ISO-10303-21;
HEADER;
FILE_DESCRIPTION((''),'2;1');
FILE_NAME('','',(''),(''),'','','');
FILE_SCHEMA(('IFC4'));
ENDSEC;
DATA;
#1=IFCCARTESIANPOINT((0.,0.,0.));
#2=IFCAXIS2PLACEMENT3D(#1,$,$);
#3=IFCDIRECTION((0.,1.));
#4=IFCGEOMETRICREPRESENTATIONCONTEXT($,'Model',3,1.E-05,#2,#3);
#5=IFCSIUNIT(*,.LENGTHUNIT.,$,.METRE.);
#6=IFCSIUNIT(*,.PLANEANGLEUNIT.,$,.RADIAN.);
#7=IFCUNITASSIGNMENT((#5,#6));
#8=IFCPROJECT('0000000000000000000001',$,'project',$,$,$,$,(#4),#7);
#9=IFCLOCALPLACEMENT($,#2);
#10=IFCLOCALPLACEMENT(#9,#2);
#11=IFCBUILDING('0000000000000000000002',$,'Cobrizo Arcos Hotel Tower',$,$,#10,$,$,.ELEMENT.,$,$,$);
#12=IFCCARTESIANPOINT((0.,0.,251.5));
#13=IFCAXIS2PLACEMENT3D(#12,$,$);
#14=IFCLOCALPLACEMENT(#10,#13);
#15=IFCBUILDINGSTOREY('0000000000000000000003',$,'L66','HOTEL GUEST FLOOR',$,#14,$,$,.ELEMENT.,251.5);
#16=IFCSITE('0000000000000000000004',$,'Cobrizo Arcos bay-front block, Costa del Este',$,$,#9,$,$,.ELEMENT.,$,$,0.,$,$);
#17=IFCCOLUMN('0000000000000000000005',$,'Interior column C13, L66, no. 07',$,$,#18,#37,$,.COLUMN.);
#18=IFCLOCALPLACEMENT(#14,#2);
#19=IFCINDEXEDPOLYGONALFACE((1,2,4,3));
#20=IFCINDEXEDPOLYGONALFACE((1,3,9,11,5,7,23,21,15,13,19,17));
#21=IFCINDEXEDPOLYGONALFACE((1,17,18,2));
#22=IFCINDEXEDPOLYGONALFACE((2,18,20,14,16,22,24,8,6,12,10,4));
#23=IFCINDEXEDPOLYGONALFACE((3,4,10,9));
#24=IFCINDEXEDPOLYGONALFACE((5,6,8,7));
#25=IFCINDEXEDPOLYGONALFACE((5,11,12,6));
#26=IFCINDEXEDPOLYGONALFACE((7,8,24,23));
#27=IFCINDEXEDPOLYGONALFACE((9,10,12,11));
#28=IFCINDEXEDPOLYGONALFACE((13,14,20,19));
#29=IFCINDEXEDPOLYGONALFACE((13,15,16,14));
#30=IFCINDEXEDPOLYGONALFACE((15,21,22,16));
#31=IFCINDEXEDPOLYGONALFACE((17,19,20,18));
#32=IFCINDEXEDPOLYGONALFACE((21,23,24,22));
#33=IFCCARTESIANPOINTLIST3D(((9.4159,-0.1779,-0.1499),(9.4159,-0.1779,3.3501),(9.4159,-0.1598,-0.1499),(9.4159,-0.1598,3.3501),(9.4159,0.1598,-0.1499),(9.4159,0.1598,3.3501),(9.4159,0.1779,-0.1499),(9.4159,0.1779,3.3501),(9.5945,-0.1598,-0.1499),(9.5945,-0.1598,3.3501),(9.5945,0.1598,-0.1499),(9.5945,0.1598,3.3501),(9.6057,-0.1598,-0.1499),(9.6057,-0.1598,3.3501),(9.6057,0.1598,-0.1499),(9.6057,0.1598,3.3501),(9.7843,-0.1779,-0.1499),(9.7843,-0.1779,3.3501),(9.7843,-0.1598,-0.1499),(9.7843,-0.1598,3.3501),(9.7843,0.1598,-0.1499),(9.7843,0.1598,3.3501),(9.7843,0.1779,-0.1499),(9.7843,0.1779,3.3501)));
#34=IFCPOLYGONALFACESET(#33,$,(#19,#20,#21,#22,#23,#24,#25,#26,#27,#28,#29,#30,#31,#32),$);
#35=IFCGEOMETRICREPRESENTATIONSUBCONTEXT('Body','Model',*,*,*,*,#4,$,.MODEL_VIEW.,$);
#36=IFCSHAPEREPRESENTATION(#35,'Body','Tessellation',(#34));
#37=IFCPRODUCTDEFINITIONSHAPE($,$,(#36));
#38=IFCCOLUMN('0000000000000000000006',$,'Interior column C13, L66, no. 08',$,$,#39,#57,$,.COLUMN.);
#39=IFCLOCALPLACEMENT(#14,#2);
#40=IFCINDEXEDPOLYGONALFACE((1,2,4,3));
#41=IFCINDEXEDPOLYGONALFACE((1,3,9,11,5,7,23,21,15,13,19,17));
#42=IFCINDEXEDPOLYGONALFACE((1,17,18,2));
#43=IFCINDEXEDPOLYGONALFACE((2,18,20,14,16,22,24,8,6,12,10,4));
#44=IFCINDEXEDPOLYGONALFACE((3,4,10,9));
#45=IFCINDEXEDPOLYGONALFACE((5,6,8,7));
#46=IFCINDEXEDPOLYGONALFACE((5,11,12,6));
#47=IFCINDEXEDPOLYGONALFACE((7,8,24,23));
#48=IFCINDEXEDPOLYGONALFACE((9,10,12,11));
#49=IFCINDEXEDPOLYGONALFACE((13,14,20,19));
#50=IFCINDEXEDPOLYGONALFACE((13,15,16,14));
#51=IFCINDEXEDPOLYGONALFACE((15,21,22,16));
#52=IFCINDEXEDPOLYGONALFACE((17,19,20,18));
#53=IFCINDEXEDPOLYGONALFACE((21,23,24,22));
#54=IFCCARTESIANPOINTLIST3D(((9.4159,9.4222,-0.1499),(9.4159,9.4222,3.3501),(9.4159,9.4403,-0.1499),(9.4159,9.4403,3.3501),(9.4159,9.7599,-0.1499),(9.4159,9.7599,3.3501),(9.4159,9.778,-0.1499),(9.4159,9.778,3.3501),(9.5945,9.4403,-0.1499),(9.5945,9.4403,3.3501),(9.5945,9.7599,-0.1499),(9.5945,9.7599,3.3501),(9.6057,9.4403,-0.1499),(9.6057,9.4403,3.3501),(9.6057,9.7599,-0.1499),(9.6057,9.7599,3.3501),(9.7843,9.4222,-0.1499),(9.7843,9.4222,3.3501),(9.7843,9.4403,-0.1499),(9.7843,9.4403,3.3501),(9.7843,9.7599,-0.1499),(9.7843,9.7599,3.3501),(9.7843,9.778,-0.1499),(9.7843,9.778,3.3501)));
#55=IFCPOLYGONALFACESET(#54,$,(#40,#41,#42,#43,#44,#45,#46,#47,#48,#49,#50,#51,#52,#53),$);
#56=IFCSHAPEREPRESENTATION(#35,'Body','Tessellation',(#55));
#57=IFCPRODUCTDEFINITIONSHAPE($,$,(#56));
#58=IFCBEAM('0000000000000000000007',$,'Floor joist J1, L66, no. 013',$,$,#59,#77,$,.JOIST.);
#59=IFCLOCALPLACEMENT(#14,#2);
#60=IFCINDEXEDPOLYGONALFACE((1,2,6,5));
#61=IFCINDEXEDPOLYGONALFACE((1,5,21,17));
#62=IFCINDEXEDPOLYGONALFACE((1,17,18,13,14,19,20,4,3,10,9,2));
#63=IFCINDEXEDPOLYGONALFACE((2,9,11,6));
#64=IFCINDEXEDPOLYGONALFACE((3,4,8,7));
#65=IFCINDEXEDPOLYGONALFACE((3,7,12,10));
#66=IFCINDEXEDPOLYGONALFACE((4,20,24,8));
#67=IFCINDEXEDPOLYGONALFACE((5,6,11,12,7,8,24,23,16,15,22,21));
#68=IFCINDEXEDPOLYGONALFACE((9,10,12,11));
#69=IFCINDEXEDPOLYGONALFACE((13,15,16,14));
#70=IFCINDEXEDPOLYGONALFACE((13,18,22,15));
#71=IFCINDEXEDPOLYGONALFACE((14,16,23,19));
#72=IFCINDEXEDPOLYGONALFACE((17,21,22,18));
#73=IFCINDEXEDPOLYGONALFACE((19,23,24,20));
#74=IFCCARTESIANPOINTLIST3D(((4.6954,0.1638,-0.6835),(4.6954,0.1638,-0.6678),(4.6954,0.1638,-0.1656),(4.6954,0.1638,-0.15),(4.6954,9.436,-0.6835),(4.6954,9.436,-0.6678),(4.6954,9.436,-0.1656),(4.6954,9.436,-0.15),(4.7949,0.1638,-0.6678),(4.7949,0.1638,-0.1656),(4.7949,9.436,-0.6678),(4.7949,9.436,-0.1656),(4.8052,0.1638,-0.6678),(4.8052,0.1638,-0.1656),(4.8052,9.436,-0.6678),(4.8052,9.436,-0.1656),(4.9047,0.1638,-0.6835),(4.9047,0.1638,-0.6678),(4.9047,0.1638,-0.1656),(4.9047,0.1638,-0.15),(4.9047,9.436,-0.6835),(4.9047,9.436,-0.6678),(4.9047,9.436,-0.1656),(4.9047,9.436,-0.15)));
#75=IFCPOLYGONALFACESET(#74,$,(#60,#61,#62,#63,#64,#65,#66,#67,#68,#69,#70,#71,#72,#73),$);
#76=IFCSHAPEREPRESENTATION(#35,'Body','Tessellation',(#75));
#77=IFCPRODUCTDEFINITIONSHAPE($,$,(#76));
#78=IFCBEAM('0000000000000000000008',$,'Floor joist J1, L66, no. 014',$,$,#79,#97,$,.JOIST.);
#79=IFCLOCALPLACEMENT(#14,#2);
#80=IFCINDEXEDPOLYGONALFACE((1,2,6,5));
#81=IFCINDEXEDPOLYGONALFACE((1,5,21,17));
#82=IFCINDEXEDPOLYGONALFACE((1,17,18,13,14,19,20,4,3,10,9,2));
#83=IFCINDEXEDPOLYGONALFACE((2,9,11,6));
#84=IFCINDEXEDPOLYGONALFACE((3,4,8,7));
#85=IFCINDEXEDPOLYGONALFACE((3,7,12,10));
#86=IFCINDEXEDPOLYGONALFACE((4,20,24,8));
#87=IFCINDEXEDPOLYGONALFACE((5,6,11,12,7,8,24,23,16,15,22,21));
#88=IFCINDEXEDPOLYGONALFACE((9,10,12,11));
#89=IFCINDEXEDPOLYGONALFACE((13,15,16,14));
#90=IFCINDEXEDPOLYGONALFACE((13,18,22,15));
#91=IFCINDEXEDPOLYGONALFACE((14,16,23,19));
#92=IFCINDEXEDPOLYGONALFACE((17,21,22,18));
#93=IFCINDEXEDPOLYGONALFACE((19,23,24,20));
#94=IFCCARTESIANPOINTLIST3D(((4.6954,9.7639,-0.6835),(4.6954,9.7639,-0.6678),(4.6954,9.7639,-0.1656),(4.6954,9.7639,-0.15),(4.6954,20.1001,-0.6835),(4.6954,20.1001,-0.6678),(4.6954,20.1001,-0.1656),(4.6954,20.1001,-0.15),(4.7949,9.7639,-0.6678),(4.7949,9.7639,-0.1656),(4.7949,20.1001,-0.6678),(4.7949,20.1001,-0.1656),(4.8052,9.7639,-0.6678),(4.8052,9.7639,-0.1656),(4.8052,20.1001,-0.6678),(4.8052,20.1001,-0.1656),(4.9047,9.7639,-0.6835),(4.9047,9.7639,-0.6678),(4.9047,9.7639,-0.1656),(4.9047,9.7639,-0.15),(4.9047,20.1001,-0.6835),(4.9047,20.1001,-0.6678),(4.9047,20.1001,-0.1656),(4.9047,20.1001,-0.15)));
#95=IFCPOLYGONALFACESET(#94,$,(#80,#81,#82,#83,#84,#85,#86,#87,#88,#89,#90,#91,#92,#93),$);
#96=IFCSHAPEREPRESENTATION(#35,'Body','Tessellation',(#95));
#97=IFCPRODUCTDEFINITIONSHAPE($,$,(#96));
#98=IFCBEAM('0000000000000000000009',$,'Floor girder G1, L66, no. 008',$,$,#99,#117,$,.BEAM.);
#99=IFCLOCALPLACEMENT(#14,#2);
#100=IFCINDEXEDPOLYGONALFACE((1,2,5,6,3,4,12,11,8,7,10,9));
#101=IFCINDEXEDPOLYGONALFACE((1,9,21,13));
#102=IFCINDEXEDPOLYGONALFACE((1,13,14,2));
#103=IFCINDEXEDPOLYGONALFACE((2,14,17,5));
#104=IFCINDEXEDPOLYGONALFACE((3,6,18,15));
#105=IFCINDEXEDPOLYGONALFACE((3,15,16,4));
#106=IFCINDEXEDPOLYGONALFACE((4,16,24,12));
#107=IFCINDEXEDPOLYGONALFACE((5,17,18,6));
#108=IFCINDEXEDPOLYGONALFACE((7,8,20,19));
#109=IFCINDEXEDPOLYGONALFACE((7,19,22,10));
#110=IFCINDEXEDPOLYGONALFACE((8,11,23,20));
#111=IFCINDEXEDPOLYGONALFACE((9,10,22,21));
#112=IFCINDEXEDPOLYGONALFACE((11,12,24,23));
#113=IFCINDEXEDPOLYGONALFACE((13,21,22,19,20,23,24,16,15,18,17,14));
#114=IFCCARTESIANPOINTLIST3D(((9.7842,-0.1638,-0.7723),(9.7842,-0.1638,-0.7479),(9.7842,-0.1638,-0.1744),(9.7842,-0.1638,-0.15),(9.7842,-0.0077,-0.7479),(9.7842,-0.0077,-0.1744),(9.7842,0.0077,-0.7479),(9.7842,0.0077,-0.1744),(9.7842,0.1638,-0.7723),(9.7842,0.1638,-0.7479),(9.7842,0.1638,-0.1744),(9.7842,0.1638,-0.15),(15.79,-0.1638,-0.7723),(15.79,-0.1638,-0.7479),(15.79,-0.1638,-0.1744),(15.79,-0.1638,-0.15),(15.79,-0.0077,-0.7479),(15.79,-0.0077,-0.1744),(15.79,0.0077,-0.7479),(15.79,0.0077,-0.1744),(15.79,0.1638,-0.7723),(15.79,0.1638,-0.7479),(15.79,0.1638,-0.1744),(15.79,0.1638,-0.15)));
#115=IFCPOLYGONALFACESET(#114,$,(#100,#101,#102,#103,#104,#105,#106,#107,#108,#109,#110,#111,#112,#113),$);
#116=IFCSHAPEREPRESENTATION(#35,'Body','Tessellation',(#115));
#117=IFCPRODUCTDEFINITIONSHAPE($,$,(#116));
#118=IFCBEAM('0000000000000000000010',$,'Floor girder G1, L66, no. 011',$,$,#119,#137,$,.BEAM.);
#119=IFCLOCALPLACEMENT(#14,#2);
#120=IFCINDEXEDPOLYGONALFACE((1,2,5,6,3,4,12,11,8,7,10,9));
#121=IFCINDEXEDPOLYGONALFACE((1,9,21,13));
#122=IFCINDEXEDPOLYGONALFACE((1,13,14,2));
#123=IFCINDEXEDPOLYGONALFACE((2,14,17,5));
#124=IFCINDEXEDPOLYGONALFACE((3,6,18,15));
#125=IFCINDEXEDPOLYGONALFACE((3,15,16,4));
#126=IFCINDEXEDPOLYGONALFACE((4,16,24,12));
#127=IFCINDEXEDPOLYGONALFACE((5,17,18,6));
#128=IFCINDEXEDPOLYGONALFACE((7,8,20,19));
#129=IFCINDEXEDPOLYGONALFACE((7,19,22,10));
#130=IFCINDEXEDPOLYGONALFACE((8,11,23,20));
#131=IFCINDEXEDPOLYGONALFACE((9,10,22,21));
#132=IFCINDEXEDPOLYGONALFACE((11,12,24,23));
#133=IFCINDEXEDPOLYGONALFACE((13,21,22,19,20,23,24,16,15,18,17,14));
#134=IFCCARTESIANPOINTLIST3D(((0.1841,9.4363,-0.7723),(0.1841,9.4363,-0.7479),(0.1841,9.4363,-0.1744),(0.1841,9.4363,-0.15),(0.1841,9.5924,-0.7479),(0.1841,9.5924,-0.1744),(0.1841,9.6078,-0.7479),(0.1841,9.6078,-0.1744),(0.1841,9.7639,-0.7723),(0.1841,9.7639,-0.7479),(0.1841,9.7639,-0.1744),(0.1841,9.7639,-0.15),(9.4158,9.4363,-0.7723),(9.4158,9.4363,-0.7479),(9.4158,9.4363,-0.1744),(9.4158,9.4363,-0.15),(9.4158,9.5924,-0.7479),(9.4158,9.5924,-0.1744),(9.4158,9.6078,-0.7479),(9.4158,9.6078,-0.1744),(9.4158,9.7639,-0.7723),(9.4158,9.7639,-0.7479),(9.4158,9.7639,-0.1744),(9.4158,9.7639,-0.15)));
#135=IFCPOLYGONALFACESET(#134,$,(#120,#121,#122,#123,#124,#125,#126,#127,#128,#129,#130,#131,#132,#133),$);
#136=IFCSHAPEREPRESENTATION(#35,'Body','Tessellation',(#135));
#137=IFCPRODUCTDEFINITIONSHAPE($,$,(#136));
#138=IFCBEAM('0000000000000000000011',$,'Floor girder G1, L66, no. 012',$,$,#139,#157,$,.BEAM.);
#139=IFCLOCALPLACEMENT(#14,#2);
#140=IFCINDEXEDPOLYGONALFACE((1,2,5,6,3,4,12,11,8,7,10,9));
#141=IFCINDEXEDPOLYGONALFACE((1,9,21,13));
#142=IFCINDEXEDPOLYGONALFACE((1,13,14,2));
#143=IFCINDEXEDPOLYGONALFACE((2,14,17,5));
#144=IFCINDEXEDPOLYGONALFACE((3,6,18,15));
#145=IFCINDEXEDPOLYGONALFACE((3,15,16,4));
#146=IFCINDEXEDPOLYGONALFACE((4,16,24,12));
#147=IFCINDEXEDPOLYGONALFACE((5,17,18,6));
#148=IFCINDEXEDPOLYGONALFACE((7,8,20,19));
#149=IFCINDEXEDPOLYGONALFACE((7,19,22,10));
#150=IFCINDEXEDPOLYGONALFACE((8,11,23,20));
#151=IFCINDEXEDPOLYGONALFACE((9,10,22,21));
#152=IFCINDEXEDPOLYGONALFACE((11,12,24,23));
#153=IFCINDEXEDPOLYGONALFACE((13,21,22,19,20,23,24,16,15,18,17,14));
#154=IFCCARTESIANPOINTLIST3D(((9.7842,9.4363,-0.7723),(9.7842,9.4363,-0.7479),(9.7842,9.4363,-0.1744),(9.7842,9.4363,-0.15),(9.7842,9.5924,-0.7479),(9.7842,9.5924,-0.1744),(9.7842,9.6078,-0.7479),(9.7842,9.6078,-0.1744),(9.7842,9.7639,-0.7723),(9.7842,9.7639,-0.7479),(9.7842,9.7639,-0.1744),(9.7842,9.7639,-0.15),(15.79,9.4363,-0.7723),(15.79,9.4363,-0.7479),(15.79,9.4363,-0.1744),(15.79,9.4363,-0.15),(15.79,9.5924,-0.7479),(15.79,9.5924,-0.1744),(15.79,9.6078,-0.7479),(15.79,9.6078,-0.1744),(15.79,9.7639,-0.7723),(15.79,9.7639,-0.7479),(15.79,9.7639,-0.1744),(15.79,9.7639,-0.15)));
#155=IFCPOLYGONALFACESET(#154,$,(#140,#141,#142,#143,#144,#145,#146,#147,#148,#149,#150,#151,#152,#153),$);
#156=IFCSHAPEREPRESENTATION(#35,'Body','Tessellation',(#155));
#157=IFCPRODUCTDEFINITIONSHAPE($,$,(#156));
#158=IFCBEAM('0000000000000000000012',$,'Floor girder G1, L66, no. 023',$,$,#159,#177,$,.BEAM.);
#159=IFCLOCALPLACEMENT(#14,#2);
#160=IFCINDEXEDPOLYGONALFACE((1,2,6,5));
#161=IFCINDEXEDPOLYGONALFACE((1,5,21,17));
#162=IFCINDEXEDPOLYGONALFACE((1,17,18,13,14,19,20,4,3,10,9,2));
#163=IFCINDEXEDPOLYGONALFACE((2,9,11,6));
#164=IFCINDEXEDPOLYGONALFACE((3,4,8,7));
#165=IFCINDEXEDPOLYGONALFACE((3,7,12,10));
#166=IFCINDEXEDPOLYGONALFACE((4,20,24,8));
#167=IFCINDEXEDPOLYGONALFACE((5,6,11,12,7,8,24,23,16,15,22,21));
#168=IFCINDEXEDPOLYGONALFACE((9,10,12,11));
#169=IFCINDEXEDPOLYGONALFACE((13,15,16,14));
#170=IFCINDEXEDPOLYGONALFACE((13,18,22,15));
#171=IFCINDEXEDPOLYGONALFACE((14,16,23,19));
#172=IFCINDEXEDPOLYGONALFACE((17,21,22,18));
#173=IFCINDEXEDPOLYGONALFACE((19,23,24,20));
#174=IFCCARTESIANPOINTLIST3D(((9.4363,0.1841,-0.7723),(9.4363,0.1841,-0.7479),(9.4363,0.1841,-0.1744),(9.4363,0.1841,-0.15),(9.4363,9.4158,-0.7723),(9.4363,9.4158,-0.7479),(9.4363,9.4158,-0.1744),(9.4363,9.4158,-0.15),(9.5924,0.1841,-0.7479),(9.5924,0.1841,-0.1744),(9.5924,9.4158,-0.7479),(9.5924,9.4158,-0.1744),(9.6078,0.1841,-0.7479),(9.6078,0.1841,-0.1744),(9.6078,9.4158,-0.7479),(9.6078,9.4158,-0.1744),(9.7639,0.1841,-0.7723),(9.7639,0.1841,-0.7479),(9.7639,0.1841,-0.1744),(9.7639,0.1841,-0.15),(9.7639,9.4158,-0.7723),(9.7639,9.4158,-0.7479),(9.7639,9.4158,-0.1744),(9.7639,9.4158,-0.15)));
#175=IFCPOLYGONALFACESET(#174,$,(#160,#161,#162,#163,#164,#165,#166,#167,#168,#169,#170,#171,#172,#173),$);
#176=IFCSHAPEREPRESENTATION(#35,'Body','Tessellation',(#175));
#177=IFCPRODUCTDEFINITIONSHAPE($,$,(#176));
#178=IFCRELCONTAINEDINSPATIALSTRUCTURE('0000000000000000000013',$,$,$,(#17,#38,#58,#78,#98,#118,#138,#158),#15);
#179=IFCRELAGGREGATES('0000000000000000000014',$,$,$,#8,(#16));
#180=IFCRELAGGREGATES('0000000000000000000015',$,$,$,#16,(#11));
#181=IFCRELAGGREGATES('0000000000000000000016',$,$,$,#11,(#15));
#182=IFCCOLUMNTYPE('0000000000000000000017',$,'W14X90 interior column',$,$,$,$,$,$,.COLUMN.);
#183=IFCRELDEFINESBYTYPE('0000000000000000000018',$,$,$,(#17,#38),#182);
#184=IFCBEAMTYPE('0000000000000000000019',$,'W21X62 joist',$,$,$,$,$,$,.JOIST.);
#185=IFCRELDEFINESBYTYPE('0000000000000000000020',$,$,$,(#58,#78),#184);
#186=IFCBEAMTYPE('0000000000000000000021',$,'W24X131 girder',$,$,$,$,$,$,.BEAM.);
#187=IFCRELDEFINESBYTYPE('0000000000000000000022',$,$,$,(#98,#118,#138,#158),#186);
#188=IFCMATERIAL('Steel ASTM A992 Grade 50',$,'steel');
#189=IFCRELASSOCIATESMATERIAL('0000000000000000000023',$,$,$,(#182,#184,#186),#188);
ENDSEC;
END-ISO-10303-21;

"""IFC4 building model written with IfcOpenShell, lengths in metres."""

from ifc_helpers import new_model, si_unit, direction, frame, origin, origin_2d, place, context, subcontext, project, spatial, i_section, extrude, material, material_profile, profile_set, type_object, element, save


model = new_model("IFC4")

# Units and contexts
model_context = context("Model", 3, precision=1e-05, world=origin(), true_north=direction((0.0, 1.0)))
body_context = subcontext(model_context, "Body", "Model", "MODEL_VIEW")
ifc_project = project(units=[si_unit("LENGTHUNIT", "METRE"), si_unit("PLANEANGLEUNIT", "RADIAN")], contexts=[model_context])

# Site, building, storey
site_placement = place(None, origin())
site = spatial("IfcSite", under=ifc_project, at=site_placement, Name="Cobrizo Arcos bay-front block, Costa del Este", CompositionType="ELEMENT", RefElevation=0.0)
building_placement = place(site_placement, origin())
building = spatial("IfcBuilding", under=site, at=building_placement, Name="Cobrizo Arcos Hotel Tower", CompositionType="ELEMENT")
storey_placement = place(building_placement, frame((0.0, 0.0, 251.5)))
storey = spatial("IfcBuildingStorey", under=building, at=storey_placement, Name="L66", Description="HOTEL GUEST FLOOR", CompositionType="ELEMENT", Elevation=251.5)

# Columns
ifc_material_1 = material(Name="Steel ASTM A992 Grade 50", Category="steel")
ifc_material_profile_1 = material_profile(ifc_material_1, i_section(OverallWidth=0.3684, OverallDepth=0.3557, WebThickness=0.0112, FlangeThickness=0.0181, at=origin_2d()), Name="W14X90")
ifc_profile_set_1 = profile_set([ifc_material_profile_1], Name="Steel ASTM A992 Grade 50")
column_type = type_object("IfcColumnType", Name="W14X90 interior column", PredefinedType="COLUMN", material=ifc_profile_set_1)
for number, where, z_axis, x_axis, name in (
    (1, (9.6001, 0.0, -0.1499), (0.0, 0.0, 1.0), (1.0, 0.0, 0.0), "Interior column C13, L66, no. 07"),
    (2, (9.6001, 9.6001, -0.1499), (0.0, 0.0, 1.0), (1.0, 0.0, 0.0), "Interior column C13, L66, no. 08"),
):
    element("IfcColumn", number, at=place(storey_placement, frame(where, z_axis=z_axis, x_axis=x_axis)), inside=storey, type_object=column_type, Name=name, PredefinedType="COLUMN", context=body_context, shape_type="SweptSolid", body=[
        extrude(i_section(OverallWidth=0.3684, OverallDepth=0.3557, WebThickness=0.0112, FlangeThickness=0.0181, at=origin_2d()), origin(), (0.0, 0.0, 1.0), 3.5),
    ])

# Beams
ifc_material_profile_2 = material_profile(ifc_material_1, i_section(OverallWidth=0.2092, OverallDepth=0.5334, WebThickness=0.0103, FlangeThickness=0.0156, at=origin_2d()), Name="W21X62")
ifc_profile_set_2 = profile_set([ifc_material_profile_2], Name="Steel ASTM A992 Grade 50")
beam_type_1 = type_object("IfcBeamType", Name="W21X62 joist", PredefinedType="JOIST", material=ifc_profile_set_2)
beam_1_placement = place(storey_placement, frame((4.8, 0.1638, -0.4167), z_axis=(0.0, 1.0, 0.0), x_axis=(-1.0, 0.0, 0.0)))
element("IfcBeam", 3, at=beam_1_placement, inside=storey, type_object=beam_type_1, Name="Floor joist J1, L66, no. 013", PredefinedType="JOIST", context=body_context, shape_type="SweptSolid", body=[
    extrude(i_section(OverallWidth=0.2092, OverallDepth=0.5334, WebThickness=0.0103, FlangeThickness=0.0156, at=origin_2d()), origin(), (0.0, 0.0, 1.0), 9.2722),
])
beam_2_placement = place(storey_placement, frame((4.8, 9.7639, -0.4167), z_axis=(0.0, 1.0, 0.0), x_axis=(-1.0, 0.0, 0.0)))
element("IfcBeam", 4, at=beam_2_placement, inside=storey, type_object=beam_type_1, Name="Floor joist J1, L66, no. 014", PredefinedType="JOIST", context=body_context, shape_type="SweptSolid", body=[
    extrude(i_section(OverallWidth=0.2092, OverallDepth=0.5334, WebThickness=0.0103, FlangeThickness=0.0156, at=origin_2d()), origin(), (0.0, 0.0, 1.0), 10.3362),
])
ifc_material_profile_3 = material_profile(ifc_material_1, i_section(OverallWidth=0.3276, OverallDepth=0.6223, WebThickness=0.0154, FlangeThickness=0.0244, at=origin_2d()), Name="W24X131")
ifc_profile_set_3 = profile_set([ifc_material_profile_3], Name="Steel ASTM A992 Grade 50")
beam_type_2 = type_object("IfcBeamType", Name="W24X131 girder", PredefinedType="BEAM", material=ifc_profile_set_3)
beam_3_placement = place(storey_placement, frame((9.7842, 0.0, -0.4612), z_axis=(1.0, 0.0, 0.0), x_axis=(0.0, 1.0, 0.0)))
element("IfcBeam", 5, at=beam_3_placement, inside=storey, type_object=beam_type_2, Name="Floor girder G1, L66, no. 008", PredefinedType="BEAM", context=body_context, shape_type="SweptSolid", body=[
    extrude(i_section(OverallWidth=0.3276, OverallDepth=0.6223, WebThickness=0.0154, FlangeThickness=0.0244, at=origin_2d()), origin(), (0.0, 0.0, 1.0), 6.0059),
])
beam_4_placement = place(storey_placement, frame((0.1841, 9.6001, -0.4612), z_axis=(1.0, 0.0, 0.0), x_axis=(0.0, 1.0, 0.0)))
element("IfcBeam", 6, at=beam_4_placement, inside=storey, type_object=beam_type_2, Name="Floor girder G1, L66, no. 011", PredefinedType="BEAM", context=body_context, shape_type="SweptSolid", body=[
    extrude(i_section(OverallWidth=0.3276, OverallDepth=0.6223, WebThickness=0.0154, FlangeThickness=0.0244, at=origin_2d()), origin(), (0.0, 0.0, 1.0), 9.2317),
])
beam_5_placement = place(storey_placement, frame((9.7842, 9.6001, -0.4612), z_axis=(1.0, 0.0, 0.0), x_axis=(0.0, 1.0, 0.0)))
element("IfcBeam", 7, at=beam_5_placement, inside=storey, type_object=beam_type_2, Name="Floor girder G1, L66, no. 012", PredefinedType="BEAM", context=body_context, shape_type="SweptSolid", body=[
    extrude(i_section(OverallWidth=0.3276, OverallDepth=0.6223, WebThickness=0.0154, FlangeThickness=0.0244, at=origin_2d()), origin(), (0.0, 0.0, 1.0), 6.0059),
])
beam_6_placement = place(storey_placement, frame((9.6001, 0.1841, -0.4612), z_axis=(0.0, 1.0, 0.0), x_axis=(-1.0, 0.0, 0.0)))
element("IfcBeam", 8, at=beam_6_placement, inside=storey, type_object=beam_type_2, Name="Floor girder G1, L66, no. 023", PredefinedType="BEAM", context=body_context, shape_type="SweptSolid", body=[
    extrude(i_section(OverallWidth=0.3276, OverallDepth=0.6223, WebThickness=0.0154, FlangeThickness=0.0244, at=origin_2d()), origin(), (0.0, 0.0, 1.0), 9.2317),
])

save(model, "model.ifc")
